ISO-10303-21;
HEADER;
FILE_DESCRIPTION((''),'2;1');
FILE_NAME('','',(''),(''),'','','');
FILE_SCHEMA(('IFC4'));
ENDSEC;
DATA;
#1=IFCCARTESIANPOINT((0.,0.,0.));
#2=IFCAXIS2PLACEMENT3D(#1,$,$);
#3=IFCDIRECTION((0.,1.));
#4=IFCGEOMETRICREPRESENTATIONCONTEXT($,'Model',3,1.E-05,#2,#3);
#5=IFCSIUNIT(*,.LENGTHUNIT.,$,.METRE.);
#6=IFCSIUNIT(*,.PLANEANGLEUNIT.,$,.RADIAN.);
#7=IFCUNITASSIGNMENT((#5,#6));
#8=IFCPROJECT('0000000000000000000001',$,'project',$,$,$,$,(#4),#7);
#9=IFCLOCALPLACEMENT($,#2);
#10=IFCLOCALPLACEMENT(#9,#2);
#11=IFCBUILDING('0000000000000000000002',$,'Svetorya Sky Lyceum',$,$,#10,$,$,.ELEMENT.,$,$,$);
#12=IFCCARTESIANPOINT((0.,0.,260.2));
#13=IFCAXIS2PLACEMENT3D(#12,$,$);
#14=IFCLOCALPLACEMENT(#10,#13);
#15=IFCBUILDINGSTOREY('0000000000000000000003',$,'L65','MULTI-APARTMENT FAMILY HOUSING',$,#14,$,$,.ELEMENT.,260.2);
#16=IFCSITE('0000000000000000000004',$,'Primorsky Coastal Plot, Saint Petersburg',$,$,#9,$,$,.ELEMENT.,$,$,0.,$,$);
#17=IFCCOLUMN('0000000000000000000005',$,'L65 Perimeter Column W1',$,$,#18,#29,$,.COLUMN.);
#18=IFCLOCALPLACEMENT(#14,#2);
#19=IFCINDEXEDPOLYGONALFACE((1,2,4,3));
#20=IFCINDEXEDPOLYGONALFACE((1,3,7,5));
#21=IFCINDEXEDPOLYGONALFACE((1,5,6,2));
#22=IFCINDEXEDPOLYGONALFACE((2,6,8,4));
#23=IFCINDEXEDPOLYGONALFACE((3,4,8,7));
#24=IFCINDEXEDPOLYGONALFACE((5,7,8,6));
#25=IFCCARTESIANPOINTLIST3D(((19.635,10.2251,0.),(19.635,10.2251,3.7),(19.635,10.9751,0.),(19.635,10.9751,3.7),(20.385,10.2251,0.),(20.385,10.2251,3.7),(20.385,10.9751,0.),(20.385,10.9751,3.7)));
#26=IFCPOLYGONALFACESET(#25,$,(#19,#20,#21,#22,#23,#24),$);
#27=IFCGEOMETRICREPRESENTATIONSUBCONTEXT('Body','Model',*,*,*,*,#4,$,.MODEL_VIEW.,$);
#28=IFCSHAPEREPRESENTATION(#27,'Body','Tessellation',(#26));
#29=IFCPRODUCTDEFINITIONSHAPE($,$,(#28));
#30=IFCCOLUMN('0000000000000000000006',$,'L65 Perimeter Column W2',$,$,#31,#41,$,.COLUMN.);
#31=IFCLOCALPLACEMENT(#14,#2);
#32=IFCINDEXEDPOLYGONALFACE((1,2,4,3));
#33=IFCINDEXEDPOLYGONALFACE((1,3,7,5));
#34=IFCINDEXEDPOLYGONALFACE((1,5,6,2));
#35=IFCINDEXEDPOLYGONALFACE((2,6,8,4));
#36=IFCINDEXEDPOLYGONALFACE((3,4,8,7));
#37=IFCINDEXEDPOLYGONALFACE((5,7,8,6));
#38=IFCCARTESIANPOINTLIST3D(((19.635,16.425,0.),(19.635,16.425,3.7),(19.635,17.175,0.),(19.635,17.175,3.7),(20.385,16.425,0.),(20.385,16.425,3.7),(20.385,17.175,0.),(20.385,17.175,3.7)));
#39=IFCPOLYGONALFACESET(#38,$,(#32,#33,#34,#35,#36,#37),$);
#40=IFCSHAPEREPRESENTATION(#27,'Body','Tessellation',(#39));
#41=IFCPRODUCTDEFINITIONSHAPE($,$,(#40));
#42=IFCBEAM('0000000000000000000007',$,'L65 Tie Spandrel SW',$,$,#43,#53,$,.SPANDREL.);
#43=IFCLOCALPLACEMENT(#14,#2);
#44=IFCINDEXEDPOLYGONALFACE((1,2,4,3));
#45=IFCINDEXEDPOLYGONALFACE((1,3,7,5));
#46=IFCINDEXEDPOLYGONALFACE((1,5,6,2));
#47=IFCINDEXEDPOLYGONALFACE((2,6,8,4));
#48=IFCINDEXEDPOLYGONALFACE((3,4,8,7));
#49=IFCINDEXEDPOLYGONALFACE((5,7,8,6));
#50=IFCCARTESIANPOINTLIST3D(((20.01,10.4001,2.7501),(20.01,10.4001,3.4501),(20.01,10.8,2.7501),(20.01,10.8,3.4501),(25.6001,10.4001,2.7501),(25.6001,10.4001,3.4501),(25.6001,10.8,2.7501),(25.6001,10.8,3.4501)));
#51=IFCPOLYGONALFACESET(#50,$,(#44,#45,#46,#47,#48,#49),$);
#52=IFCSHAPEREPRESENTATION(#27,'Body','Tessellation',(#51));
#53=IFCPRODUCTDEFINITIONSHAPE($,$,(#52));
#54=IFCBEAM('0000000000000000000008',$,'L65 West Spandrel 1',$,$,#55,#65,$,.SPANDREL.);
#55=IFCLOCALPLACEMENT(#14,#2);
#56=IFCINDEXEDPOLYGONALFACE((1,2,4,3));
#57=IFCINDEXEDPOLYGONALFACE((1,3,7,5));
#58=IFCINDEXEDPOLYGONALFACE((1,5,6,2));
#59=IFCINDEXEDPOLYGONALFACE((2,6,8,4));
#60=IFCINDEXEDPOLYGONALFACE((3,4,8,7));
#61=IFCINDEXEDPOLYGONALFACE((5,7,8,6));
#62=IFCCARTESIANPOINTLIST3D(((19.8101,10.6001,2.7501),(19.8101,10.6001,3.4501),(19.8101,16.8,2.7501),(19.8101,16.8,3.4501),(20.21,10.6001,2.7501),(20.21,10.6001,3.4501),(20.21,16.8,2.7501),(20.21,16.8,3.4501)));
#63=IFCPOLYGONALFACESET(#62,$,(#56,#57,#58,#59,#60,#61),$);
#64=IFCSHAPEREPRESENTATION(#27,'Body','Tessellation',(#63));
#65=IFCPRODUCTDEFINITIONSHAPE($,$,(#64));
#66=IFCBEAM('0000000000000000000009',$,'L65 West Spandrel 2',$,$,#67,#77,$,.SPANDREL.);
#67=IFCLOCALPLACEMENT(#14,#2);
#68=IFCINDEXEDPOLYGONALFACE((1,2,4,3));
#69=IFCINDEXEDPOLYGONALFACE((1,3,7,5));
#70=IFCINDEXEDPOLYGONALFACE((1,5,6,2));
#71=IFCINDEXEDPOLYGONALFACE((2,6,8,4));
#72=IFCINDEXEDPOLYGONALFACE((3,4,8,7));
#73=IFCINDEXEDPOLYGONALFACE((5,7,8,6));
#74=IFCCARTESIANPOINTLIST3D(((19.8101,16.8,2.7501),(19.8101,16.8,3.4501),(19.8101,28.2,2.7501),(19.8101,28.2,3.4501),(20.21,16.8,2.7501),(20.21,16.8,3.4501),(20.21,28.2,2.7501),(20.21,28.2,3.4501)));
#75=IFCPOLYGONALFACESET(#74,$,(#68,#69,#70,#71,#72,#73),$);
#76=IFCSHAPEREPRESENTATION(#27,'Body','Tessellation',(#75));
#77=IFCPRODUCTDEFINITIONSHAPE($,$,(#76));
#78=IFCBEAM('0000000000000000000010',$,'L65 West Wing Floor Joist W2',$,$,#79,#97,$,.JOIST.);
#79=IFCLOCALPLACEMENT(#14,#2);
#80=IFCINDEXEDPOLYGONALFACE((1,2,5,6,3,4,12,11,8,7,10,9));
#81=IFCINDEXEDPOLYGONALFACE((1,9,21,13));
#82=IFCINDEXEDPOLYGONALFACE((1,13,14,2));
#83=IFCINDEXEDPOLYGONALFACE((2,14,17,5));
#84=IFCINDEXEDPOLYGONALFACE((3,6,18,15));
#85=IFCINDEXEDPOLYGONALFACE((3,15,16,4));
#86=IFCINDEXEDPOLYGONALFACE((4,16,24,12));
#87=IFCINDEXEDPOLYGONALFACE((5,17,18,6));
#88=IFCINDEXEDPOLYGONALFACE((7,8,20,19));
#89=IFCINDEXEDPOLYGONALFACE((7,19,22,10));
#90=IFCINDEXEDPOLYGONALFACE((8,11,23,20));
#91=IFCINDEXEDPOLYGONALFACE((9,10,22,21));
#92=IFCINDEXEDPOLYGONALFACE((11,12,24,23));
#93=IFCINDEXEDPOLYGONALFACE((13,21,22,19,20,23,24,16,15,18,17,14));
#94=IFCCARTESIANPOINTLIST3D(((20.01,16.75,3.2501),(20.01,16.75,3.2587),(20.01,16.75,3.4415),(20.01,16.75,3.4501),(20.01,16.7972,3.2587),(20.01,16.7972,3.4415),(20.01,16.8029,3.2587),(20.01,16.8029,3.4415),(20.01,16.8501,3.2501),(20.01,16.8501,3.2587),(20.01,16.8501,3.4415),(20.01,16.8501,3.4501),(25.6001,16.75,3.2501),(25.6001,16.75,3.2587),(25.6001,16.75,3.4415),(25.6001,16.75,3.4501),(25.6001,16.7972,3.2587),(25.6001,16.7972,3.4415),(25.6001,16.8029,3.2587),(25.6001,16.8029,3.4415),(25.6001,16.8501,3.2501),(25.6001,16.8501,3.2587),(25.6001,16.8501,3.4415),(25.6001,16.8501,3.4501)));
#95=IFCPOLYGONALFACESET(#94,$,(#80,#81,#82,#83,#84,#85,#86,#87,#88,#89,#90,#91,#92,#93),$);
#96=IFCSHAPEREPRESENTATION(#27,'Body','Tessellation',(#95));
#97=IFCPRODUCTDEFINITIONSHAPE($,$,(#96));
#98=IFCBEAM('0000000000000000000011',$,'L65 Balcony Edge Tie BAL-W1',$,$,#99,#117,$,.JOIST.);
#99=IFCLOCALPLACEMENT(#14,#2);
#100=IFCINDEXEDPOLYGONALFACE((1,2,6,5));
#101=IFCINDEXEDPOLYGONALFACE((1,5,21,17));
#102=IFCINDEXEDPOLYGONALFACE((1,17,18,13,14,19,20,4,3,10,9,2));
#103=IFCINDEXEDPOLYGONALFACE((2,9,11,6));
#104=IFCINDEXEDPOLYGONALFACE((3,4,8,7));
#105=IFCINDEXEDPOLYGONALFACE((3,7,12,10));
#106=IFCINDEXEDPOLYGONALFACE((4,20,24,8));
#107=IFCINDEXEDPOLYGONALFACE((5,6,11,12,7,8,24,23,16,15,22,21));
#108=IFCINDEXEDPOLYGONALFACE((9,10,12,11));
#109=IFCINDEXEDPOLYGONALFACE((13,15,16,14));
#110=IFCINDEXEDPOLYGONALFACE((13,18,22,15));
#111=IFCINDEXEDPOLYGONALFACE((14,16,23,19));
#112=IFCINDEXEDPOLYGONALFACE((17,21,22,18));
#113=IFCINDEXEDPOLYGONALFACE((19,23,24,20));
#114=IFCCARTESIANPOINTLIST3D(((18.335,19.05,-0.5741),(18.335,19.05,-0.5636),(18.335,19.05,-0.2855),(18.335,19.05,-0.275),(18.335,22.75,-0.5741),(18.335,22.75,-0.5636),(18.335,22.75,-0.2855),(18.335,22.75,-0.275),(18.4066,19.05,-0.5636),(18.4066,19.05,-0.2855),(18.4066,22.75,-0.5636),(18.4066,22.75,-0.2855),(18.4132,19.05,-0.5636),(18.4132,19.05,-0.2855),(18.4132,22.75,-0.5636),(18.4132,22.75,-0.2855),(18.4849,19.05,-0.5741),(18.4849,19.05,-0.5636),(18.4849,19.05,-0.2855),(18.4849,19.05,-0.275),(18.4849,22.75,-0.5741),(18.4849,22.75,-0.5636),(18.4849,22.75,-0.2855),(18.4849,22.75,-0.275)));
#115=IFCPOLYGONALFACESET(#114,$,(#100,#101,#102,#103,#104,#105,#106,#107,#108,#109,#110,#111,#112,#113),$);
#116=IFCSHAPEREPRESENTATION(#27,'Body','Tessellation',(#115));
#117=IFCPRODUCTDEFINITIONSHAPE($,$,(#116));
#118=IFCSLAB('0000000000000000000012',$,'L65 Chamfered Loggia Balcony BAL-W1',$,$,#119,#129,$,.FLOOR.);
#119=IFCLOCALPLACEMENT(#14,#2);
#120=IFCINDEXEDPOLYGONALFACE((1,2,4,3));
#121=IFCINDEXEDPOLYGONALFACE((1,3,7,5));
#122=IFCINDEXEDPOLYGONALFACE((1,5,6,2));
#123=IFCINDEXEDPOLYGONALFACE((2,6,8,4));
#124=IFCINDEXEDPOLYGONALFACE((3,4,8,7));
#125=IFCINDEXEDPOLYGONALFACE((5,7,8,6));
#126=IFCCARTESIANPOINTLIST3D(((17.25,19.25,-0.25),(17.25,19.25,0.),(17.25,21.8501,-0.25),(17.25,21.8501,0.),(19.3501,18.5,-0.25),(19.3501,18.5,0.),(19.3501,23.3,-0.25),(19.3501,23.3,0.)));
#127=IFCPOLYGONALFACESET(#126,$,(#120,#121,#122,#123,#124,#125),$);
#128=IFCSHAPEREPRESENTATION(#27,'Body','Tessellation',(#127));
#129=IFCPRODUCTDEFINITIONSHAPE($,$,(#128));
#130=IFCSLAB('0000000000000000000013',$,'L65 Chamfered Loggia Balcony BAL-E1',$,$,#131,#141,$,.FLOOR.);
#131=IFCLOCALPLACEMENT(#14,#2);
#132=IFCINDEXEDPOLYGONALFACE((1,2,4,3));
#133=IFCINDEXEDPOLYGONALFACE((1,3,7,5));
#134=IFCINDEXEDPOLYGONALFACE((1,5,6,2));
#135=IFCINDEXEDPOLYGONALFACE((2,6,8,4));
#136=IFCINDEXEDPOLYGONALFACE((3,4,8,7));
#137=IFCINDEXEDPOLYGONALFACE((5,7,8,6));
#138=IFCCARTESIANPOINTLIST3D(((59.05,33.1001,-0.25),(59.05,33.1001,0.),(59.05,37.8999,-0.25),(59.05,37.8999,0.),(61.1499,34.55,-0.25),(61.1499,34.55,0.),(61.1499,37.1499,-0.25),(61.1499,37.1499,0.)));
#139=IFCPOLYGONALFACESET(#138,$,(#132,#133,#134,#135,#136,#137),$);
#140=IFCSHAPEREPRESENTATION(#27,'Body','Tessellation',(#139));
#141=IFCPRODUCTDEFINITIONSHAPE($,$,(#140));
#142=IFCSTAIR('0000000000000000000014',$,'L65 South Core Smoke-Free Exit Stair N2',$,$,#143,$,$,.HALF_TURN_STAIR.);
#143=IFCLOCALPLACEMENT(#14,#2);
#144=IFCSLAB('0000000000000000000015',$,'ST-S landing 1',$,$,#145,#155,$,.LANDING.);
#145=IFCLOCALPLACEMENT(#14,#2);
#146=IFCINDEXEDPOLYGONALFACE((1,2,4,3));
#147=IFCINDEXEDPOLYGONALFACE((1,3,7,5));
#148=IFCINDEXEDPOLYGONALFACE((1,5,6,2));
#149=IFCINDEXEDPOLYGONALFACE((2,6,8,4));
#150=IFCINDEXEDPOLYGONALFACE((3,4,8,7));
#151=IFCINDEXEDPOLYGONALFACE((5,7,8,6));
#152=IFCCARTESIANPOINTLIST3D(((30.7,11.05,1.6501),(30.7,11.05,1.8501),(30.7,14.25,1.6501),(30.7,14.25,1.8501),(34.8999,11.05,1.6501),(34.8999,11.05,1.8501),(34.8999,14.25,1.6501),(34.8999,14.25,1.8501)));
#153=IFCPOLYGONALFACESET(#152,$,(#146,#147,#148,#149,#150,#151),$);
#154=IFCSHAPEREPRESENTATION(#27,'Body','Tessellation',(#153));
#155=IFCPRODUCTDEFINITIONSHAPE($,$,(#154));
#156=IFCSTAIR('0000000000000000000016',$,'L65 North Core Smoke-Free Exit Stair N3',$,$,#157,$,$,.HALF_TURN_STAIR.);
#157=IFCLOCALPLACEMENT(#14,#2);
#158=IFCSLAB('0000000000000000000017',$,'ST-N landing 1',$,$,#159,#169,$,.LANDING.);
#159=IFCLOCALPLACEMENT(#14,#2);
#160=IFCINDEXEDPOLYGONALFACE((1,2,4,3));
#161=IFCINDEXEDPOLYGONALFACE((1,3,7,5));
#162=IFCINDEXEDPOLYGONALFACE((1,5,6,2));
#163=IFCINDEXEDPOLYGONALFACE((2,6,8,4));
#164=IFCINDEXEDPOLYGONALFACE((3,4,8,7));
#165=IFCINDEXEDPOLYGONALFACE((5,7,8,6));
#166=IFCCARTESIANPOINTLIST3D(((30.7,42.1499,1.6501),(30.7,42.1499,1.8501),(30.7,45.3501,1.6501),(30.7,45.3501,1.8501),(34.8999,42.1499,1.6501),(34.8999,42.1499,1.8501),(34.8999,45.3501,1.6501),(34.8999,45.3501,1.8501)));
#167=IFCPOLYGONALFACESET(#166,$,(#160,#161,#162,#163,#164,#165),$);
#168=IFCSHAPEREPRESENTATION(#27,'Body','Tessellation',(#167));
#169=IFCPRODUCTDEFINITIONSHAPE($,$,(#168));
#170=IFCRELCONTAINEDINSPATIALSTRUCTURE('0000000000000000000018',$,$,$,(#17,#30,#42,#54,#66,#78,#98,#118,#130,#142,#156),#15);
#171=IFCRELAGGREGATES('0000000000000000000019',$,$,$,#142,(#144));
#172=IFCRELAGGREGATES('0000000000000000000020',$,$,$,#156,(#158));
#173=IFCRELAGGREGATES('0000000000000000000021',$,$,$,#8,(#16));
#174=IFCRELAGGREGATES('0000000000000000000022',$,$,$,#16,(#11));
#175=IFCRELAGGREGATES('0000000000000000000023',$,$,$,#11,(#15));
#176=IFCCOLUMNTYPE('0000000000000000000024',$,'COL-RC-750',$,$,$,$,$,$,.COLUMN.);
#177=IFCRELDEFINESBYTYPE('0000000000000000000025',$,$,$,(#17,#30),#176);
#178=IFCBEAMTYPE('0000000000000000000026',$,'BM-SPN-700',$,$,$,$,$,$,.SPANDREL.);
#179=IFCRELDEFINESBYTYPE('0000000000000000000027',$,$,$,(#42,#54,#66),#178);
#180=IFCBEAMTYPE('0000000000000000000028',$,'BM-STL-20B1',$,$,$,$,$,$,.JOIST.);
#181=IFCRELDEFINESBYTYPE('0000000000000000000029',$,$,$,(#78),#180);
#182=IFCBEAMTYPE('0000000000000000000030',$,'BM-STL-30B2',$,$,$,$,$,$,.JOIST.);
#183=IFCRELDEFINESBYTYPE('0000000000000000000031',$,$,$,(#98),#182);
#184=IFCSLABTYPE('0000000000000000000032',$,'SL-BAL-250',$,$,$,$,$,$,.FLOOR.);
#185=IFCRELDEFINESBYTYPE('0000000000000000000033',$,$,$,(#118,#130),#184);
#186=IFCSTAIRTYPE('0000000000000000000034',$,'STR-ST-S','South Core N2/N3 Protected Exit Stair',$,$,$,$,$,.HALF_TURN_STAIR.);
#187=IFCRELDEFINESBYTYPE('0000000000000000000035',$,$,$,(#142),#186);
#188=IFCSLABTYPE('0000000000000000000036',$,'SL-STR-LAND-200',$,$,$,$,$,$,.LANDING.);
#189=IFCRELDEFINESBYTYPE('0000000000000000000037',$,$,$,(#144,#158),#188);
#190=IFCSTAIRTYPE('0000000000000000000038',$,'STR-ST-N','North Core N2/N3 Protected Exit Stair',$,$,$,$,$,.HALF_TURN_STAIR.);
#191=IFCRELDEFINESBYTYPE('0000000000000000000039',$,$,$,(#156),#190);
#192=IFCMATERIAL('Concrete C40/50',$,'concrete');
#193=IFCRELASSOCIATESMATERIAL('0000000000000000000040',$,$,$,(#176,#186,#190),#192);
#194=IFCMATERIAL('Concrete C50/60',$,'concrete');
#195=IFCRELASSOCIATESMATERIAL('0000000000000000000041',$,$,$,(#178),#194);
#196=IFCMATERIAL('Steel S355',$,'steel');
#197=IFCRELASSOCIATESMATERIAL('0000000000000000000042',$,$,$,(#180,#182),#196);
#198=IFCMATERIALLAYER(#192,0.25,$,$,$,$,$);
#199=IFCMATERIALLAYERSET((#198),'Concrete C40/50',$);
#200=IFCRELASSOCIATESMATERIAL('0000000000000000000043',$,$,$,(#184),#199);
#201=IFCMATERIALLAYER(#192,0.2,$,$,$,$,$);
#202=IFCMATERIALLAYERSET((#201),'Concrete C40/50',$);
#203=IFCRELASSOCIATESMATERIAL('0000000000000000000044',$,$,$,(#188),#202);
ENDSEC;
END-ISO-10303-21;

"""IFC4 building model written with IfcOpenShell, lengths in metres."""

from ifc_helpers import new_model, si_unit, direction, frame, origin, origin_2d, place, context, subcontext, project, spatial, polyline, rectangle, i_section, outline, extrude, material, layer, layer_set, material_profile, profile_set, type_object, element, aggregate, save


model = new_model("IFC4")

# Units and contexts
model_context = context("Model", 3, precision=1e-05, world=origin(), true_north=direction((0.0, 1.0)))
body_context = subcontext(model_context, "Body", "Model", "MODEL_VIEW")
ifc_project = project(units=[si_unit("LENGTHUNIT", "METRE"), si_unit("PLANEANGLEUNIT", "RADIAN")], contexts=[model_context])

# Site, building, storey
site_placement = place(None, origin())
site = spatial("IfcSite", under=ifc_project, at=site_placement, Name="Primorsky Coastal Plot, Saint Petersburg", CompositionType="ELEMENT", RefElevation=0.0)
building_placement = place(site_placement, origin())
building = spatial("IfcBuilding", under=site, at=building_placement, Name="Svetorya Sky Lyceum", CompositionType="ELEMENT")
storey_placement = place(building_placement, frame((0.0, 0.0, 260.2)))
storey = spatial("IfcBuildingStorey", under=building, at=storey_placement, Name="L65", Description="MULTI-APARTMENT FAMILY HOUSING", CompositionType="ELEMENT", Elevation=260.2)

# Columns
ifc_material_1 = material(Name="Concrete C40/50", Category="concrete")
ifc_material_profile_1 = material_profile(ifc_material_1, rectangle(XDim=0.75, YDim=0.75, at=origin_2d()), Name="RC COL 750x750")
ifc_profile_set_1 = profile_set([ifc_material_profile_1], Name="Concrete C40/50")
column_type = type_object("IfcColumnType", Name="COL-RC-750", PredefinedType="COLUMN", material=ifc_profile_set_1)
for number, where, z_axis, x_axis, name in (
    (1, (20.01, 10.6001, 0.0), (0.0, 0.0, 1.0), (1.0, 0.0, 0.0), "L65 Perimeter Column W1"),
    (2, (20.01, 16.8, 0.0), (0.0, 0.0, 1.0), (1.0, 0.0, 0.0), "L65 Perimeter Column W2"),
):
    element("IfcColumn", number, at=place(storey_placement, frame(where, z_axis=z_axis, x_axis=x_axis)), inside=storey, type_object=column_type, Name=name, PredefinedType="COLUMN", context=body_context, shape_type="SweptSolid", body=[
        extrude(rectangle(XDim=0.75, YDim=0.75, at=origin_2d()), origin(), (0.0, 0.0, 1.0), 3.7),
    ])

# Beams
ifc_material_2 = material(Name="Concrete C50/60", Category="concrete")
ifc_material_profile_2 = material_profile(ifc_material_2, rectangle(XDim=0.3999, YDim=0.7, at=origin_2d()), Name="RC SPANDREL 400x700")
ifc_profile_set_2 = profile_set([ifc_material_profile_2], Name="Concrete C50/60")
beam_type_1 = type_object("IfcBeamType", Name="BM-SPN-700", PredefinedType="SPANDREL", material=ifc_profile_set_2)
beam_1_placement = place(storey_placement, frame((20.01, 10.6001, 3.1001), z_axis=(1.0, 0.0, 0.0), x_axis=(0.0, 1.0, 0.0)))
element("IfcBeam", 3, at=beam_1_placement, inside=storey, type_object=beam_type_1, Name="L65 Tie Spandrel SW", PredefinedType="SPANDREL", context=body_context, shape_type="SweptSolid", body=[
    extrude(rectangle(XDim=0.3999, YDim=0.7, at=origin_2d()), origin(), (0.0, 0.0, 1.0), 5.5901),
])
beam_2_placement = place(storey_placement, frame((20.01, 10.6001, 3.1001), z_axis=(0.0, 1.0, 0.0), x_axis=(-1.0, 0.0, 0.0)))
element("IfcBeam", 4, at=beam_2_placement, inside=storey, type_object=beam_type_1, Name="L65 West Spandrel 1", PredefinedType="SPANDREL", context=body_context, shape_type="SweptSolid", body=[
    extrude(rectangle(XDim=0.3999, YDim=0.7, at=origin_2d()), origin(), (0.0, 0.0, 1.0), 6.2),
])
beam_3_placement = place(storey_placement, frame((20.01, 16.8, 3.1001), z_axis=(0.0, 1.0, 0.0), x_axis=(-1.0, 0.0, 0.0)))
element("IfcBeam", 5, at=beam_3_placement, inside=storey, type_object=beam_type_1, Name="L65 West Spandrel 2", PredefinedType="SPANDREL", context=body_context, shape_type="SweptSolid", body=[
    extrude(rectangle(XDim=0.3999, YDim=0.7, at=origin_2d()), origin(), (0.0, 0.0, 1.0), 11.3999),
])
ifc_material_3 = material(Name="Steel S355", Category="steel")
ifc_material_profile_3 = material_profile(ifc_material_3, i_section(OverallWidth=0.1001, OverallDepth=0.2, WebThickness=0.0056, FlangeThickness=0.0085, at=origin_2d()), Name="GOST 20B1")
ifc_profile_set_3 = profile_set([ifc_material_profile_3], Name="Steel S355")
beam_type_2 = type_object("IfcBeamType", Name="BM-STL-20B1", PredefinedType="JOIST", material=ifc_profile_set_3)
beam_4_placement = place(storey_placement, frame((20.01, 16.8, 3.3501), z_axis=(1.0, 0.0, 0.0), x_axis=(0.0, 1.0, 0.0)))
element("IfcBeam", 6, at=beam_4_placement, inside=storey, type_object=beam_type_2, Name="L65 West Wing Floor Joist W2", PredefinedType="JOIST", context=body_context, shape_type="SweptSolid", body=[
    extrude(i_section(OverallWidth=0.1001, OverallDepth=0.2, WebThickness=0.0056, FlangeThickness=0.0085, at=origin_2d()), origin(), (0.0, 0.0, 1.0), 5.5901),
])
ifc_material_profile_4 = material_profile(ifc_material_3, i_section(OverallWidth=0.1499, OverallDepth=0.2991, WebThickness=0.0066, FlangeThickness=0.0105, at=origin_2d()), Name="GOST 30B2")
ifc_profile_set_4 = profile_set([ifc_material_profile_4], Name="Steel S355")
beam_type_3 = type_object("IfcBeamType", Name="BM-STL-30B2", PredefinedType="JOIST", material=ifc_profile_set_4)
beam_5_placement = place(storey_placement, frame((18.4099, 19.05, -0.4246), z_axis=(0.0, 1.0, 0.0), x_axis=(-1.0, 0.0, 0.0)))
element("IfcBeam", 7, at=beam_5_placement, inside=storey, type_object=beam_type_3, Name="L65 Balcony Edge Tie BAL-W1", PredefinedType="JOIST", context=body_context, shape_type="SweptSolid", body=[
    extrude(i_section(OverallWidth=0.1499, OverallDepth=0.2991, WebThickness=0.0066, FlangeThickness=0.0105, at=origin_2d()), origin(), (0.0, 0.0, 1.0), 3.7),
])

# Slabs
ifc_layer_1 = layer(ifc_material_1, 0.25)
ifc_layer_set_1 = layer_set([ifc_layer_1], Name="Concrete C40/50")
slab_type_1 = type_object("IfcSlabType", Name="SL-BAL-250", PredefinedType="FLOOR", material=ifc_layer_set_1)
slab_1_placement = place(storey_placement, frame((0.0, 0.0, -0.25)))
element("IfcSlab", 8, at=slab_1_placement, inside=storey, type_object=slab_type_1, Name="L65 Chamfered Loggia Balcony BAL-W1", PredefinedType="FLOOR", context=body_context, shape_type="SweptSolid", body=[
    extrude(outline(polyline([(19.3501, 18.5), (19.3501, 23.3), (17.25, 21.8501), (17.25, 19.25), (19.3501, 18.5)])), origin(), (0.0, 0.0, 1.0), 0.25),
])
slab_2_placement = place(storey_placement, frame((0.0, 0.0, -0.25)))
element("IfcSlab", 9, at=slab_2_placement, inside=storey, type_object=slab_type_1, Name="L65 Chamfered Loggia Balcony BAL-E1", PredefinedType="FLOOR", context=body_context, shape_type="SweptSolid", body=[
    extrude(outline(polyline([(59.05, 33.1001), (61.1499, 34.55), (61.1499, 37.1499), (59.05, 37.8999), (59.05, 33.1001)])), origin(), (0.0, 0.0, 1.0), 0.25),
])

# Stairs, slabs
stair_type_1 = type_object("IfcStairType", Name="STR-ST-S", Description="South Core N2/N3 Protected Exit Stair", PredefinedType="HALF_TURN_STAIR", material=ifc_material_1)
stair_1_placement = place(storey_placement, origin())
stair_1 = element("IfcStair", 10, at=stair_1_placement, inside=storey, type_object=stair_type_1, Name="L65 South Core Smoke-Free Exit Stair N2", PredefinedType="HALF_TURN_STAIR")
ifc_layer_2 = layer(ifc_material_1, 0.2)
ifc_layer_set_2 = layer_set([ifc_layer_2], Name="Concrete C40/50")
slab_type_2 = type_object("IfcSlabType", Name="SL-STR-LAND-200", PredefinedType="LANDING", material=ifc_layer_set_2)
slab_3_placement = place(storey_placement, frame((0.0, 0.0, 1.6501)))
slab_3 = element("IfcSlab", 11, at=slab_3_placement, type_object=slab_type_2, Name="ST-S landing 1", PredefinedType="LANDING", context=body_context, shape_type="SweptSolid", body=[
    extrude(outline(polyline([(30.7, 11.05), (34.8999, 11.05), (34.8999, 14.25), (30.7, 14.25), (30.7, 11.05)])), origin(), (0.0, 0.0, 1.0), 0.2),
])
aggregate(stair_1, [slab_3])
stair_type_2 = type_object("IfcStairType", Name="STR-ST-N", Description="North Core N2/N3 Protected Exit Stair", PredefinedType="HALF_TURN_STAIR", material=ifc_material_1)
stair_2_placement = place(storey_placement, origin())
stair_2 = element("IfcStair", 12, at=stair_2_placement, inside=storey, type_object=stair_type_2, Name="L65 North Core Smoke-Free Exit Stair N3", PredefinedType="HALF_TURN_STAIR")
slab_4_placement = place(storey_placement, frame((0.0, 0.0, 1.6501)))
slab_4 = element("IfcSlab", 13, at=slab_4_placement, type_object=slab_type_2, Name="ST-N landing 1", PredefinedType="LANDING", context=body_context, shape_type="SweptSolid", body=[
    extrude(outline(polyline([(30.7, 42.1499), (34.8999, 42.1499), (34.8999, 45.3501), (30.7, 45.3501), (30.7, 42.1499)])), origin(), (0.0, 0.0, 1.0), 0.2),
])
aggregate(stair_2, [slab_4])

save(model, "model.ifc")
